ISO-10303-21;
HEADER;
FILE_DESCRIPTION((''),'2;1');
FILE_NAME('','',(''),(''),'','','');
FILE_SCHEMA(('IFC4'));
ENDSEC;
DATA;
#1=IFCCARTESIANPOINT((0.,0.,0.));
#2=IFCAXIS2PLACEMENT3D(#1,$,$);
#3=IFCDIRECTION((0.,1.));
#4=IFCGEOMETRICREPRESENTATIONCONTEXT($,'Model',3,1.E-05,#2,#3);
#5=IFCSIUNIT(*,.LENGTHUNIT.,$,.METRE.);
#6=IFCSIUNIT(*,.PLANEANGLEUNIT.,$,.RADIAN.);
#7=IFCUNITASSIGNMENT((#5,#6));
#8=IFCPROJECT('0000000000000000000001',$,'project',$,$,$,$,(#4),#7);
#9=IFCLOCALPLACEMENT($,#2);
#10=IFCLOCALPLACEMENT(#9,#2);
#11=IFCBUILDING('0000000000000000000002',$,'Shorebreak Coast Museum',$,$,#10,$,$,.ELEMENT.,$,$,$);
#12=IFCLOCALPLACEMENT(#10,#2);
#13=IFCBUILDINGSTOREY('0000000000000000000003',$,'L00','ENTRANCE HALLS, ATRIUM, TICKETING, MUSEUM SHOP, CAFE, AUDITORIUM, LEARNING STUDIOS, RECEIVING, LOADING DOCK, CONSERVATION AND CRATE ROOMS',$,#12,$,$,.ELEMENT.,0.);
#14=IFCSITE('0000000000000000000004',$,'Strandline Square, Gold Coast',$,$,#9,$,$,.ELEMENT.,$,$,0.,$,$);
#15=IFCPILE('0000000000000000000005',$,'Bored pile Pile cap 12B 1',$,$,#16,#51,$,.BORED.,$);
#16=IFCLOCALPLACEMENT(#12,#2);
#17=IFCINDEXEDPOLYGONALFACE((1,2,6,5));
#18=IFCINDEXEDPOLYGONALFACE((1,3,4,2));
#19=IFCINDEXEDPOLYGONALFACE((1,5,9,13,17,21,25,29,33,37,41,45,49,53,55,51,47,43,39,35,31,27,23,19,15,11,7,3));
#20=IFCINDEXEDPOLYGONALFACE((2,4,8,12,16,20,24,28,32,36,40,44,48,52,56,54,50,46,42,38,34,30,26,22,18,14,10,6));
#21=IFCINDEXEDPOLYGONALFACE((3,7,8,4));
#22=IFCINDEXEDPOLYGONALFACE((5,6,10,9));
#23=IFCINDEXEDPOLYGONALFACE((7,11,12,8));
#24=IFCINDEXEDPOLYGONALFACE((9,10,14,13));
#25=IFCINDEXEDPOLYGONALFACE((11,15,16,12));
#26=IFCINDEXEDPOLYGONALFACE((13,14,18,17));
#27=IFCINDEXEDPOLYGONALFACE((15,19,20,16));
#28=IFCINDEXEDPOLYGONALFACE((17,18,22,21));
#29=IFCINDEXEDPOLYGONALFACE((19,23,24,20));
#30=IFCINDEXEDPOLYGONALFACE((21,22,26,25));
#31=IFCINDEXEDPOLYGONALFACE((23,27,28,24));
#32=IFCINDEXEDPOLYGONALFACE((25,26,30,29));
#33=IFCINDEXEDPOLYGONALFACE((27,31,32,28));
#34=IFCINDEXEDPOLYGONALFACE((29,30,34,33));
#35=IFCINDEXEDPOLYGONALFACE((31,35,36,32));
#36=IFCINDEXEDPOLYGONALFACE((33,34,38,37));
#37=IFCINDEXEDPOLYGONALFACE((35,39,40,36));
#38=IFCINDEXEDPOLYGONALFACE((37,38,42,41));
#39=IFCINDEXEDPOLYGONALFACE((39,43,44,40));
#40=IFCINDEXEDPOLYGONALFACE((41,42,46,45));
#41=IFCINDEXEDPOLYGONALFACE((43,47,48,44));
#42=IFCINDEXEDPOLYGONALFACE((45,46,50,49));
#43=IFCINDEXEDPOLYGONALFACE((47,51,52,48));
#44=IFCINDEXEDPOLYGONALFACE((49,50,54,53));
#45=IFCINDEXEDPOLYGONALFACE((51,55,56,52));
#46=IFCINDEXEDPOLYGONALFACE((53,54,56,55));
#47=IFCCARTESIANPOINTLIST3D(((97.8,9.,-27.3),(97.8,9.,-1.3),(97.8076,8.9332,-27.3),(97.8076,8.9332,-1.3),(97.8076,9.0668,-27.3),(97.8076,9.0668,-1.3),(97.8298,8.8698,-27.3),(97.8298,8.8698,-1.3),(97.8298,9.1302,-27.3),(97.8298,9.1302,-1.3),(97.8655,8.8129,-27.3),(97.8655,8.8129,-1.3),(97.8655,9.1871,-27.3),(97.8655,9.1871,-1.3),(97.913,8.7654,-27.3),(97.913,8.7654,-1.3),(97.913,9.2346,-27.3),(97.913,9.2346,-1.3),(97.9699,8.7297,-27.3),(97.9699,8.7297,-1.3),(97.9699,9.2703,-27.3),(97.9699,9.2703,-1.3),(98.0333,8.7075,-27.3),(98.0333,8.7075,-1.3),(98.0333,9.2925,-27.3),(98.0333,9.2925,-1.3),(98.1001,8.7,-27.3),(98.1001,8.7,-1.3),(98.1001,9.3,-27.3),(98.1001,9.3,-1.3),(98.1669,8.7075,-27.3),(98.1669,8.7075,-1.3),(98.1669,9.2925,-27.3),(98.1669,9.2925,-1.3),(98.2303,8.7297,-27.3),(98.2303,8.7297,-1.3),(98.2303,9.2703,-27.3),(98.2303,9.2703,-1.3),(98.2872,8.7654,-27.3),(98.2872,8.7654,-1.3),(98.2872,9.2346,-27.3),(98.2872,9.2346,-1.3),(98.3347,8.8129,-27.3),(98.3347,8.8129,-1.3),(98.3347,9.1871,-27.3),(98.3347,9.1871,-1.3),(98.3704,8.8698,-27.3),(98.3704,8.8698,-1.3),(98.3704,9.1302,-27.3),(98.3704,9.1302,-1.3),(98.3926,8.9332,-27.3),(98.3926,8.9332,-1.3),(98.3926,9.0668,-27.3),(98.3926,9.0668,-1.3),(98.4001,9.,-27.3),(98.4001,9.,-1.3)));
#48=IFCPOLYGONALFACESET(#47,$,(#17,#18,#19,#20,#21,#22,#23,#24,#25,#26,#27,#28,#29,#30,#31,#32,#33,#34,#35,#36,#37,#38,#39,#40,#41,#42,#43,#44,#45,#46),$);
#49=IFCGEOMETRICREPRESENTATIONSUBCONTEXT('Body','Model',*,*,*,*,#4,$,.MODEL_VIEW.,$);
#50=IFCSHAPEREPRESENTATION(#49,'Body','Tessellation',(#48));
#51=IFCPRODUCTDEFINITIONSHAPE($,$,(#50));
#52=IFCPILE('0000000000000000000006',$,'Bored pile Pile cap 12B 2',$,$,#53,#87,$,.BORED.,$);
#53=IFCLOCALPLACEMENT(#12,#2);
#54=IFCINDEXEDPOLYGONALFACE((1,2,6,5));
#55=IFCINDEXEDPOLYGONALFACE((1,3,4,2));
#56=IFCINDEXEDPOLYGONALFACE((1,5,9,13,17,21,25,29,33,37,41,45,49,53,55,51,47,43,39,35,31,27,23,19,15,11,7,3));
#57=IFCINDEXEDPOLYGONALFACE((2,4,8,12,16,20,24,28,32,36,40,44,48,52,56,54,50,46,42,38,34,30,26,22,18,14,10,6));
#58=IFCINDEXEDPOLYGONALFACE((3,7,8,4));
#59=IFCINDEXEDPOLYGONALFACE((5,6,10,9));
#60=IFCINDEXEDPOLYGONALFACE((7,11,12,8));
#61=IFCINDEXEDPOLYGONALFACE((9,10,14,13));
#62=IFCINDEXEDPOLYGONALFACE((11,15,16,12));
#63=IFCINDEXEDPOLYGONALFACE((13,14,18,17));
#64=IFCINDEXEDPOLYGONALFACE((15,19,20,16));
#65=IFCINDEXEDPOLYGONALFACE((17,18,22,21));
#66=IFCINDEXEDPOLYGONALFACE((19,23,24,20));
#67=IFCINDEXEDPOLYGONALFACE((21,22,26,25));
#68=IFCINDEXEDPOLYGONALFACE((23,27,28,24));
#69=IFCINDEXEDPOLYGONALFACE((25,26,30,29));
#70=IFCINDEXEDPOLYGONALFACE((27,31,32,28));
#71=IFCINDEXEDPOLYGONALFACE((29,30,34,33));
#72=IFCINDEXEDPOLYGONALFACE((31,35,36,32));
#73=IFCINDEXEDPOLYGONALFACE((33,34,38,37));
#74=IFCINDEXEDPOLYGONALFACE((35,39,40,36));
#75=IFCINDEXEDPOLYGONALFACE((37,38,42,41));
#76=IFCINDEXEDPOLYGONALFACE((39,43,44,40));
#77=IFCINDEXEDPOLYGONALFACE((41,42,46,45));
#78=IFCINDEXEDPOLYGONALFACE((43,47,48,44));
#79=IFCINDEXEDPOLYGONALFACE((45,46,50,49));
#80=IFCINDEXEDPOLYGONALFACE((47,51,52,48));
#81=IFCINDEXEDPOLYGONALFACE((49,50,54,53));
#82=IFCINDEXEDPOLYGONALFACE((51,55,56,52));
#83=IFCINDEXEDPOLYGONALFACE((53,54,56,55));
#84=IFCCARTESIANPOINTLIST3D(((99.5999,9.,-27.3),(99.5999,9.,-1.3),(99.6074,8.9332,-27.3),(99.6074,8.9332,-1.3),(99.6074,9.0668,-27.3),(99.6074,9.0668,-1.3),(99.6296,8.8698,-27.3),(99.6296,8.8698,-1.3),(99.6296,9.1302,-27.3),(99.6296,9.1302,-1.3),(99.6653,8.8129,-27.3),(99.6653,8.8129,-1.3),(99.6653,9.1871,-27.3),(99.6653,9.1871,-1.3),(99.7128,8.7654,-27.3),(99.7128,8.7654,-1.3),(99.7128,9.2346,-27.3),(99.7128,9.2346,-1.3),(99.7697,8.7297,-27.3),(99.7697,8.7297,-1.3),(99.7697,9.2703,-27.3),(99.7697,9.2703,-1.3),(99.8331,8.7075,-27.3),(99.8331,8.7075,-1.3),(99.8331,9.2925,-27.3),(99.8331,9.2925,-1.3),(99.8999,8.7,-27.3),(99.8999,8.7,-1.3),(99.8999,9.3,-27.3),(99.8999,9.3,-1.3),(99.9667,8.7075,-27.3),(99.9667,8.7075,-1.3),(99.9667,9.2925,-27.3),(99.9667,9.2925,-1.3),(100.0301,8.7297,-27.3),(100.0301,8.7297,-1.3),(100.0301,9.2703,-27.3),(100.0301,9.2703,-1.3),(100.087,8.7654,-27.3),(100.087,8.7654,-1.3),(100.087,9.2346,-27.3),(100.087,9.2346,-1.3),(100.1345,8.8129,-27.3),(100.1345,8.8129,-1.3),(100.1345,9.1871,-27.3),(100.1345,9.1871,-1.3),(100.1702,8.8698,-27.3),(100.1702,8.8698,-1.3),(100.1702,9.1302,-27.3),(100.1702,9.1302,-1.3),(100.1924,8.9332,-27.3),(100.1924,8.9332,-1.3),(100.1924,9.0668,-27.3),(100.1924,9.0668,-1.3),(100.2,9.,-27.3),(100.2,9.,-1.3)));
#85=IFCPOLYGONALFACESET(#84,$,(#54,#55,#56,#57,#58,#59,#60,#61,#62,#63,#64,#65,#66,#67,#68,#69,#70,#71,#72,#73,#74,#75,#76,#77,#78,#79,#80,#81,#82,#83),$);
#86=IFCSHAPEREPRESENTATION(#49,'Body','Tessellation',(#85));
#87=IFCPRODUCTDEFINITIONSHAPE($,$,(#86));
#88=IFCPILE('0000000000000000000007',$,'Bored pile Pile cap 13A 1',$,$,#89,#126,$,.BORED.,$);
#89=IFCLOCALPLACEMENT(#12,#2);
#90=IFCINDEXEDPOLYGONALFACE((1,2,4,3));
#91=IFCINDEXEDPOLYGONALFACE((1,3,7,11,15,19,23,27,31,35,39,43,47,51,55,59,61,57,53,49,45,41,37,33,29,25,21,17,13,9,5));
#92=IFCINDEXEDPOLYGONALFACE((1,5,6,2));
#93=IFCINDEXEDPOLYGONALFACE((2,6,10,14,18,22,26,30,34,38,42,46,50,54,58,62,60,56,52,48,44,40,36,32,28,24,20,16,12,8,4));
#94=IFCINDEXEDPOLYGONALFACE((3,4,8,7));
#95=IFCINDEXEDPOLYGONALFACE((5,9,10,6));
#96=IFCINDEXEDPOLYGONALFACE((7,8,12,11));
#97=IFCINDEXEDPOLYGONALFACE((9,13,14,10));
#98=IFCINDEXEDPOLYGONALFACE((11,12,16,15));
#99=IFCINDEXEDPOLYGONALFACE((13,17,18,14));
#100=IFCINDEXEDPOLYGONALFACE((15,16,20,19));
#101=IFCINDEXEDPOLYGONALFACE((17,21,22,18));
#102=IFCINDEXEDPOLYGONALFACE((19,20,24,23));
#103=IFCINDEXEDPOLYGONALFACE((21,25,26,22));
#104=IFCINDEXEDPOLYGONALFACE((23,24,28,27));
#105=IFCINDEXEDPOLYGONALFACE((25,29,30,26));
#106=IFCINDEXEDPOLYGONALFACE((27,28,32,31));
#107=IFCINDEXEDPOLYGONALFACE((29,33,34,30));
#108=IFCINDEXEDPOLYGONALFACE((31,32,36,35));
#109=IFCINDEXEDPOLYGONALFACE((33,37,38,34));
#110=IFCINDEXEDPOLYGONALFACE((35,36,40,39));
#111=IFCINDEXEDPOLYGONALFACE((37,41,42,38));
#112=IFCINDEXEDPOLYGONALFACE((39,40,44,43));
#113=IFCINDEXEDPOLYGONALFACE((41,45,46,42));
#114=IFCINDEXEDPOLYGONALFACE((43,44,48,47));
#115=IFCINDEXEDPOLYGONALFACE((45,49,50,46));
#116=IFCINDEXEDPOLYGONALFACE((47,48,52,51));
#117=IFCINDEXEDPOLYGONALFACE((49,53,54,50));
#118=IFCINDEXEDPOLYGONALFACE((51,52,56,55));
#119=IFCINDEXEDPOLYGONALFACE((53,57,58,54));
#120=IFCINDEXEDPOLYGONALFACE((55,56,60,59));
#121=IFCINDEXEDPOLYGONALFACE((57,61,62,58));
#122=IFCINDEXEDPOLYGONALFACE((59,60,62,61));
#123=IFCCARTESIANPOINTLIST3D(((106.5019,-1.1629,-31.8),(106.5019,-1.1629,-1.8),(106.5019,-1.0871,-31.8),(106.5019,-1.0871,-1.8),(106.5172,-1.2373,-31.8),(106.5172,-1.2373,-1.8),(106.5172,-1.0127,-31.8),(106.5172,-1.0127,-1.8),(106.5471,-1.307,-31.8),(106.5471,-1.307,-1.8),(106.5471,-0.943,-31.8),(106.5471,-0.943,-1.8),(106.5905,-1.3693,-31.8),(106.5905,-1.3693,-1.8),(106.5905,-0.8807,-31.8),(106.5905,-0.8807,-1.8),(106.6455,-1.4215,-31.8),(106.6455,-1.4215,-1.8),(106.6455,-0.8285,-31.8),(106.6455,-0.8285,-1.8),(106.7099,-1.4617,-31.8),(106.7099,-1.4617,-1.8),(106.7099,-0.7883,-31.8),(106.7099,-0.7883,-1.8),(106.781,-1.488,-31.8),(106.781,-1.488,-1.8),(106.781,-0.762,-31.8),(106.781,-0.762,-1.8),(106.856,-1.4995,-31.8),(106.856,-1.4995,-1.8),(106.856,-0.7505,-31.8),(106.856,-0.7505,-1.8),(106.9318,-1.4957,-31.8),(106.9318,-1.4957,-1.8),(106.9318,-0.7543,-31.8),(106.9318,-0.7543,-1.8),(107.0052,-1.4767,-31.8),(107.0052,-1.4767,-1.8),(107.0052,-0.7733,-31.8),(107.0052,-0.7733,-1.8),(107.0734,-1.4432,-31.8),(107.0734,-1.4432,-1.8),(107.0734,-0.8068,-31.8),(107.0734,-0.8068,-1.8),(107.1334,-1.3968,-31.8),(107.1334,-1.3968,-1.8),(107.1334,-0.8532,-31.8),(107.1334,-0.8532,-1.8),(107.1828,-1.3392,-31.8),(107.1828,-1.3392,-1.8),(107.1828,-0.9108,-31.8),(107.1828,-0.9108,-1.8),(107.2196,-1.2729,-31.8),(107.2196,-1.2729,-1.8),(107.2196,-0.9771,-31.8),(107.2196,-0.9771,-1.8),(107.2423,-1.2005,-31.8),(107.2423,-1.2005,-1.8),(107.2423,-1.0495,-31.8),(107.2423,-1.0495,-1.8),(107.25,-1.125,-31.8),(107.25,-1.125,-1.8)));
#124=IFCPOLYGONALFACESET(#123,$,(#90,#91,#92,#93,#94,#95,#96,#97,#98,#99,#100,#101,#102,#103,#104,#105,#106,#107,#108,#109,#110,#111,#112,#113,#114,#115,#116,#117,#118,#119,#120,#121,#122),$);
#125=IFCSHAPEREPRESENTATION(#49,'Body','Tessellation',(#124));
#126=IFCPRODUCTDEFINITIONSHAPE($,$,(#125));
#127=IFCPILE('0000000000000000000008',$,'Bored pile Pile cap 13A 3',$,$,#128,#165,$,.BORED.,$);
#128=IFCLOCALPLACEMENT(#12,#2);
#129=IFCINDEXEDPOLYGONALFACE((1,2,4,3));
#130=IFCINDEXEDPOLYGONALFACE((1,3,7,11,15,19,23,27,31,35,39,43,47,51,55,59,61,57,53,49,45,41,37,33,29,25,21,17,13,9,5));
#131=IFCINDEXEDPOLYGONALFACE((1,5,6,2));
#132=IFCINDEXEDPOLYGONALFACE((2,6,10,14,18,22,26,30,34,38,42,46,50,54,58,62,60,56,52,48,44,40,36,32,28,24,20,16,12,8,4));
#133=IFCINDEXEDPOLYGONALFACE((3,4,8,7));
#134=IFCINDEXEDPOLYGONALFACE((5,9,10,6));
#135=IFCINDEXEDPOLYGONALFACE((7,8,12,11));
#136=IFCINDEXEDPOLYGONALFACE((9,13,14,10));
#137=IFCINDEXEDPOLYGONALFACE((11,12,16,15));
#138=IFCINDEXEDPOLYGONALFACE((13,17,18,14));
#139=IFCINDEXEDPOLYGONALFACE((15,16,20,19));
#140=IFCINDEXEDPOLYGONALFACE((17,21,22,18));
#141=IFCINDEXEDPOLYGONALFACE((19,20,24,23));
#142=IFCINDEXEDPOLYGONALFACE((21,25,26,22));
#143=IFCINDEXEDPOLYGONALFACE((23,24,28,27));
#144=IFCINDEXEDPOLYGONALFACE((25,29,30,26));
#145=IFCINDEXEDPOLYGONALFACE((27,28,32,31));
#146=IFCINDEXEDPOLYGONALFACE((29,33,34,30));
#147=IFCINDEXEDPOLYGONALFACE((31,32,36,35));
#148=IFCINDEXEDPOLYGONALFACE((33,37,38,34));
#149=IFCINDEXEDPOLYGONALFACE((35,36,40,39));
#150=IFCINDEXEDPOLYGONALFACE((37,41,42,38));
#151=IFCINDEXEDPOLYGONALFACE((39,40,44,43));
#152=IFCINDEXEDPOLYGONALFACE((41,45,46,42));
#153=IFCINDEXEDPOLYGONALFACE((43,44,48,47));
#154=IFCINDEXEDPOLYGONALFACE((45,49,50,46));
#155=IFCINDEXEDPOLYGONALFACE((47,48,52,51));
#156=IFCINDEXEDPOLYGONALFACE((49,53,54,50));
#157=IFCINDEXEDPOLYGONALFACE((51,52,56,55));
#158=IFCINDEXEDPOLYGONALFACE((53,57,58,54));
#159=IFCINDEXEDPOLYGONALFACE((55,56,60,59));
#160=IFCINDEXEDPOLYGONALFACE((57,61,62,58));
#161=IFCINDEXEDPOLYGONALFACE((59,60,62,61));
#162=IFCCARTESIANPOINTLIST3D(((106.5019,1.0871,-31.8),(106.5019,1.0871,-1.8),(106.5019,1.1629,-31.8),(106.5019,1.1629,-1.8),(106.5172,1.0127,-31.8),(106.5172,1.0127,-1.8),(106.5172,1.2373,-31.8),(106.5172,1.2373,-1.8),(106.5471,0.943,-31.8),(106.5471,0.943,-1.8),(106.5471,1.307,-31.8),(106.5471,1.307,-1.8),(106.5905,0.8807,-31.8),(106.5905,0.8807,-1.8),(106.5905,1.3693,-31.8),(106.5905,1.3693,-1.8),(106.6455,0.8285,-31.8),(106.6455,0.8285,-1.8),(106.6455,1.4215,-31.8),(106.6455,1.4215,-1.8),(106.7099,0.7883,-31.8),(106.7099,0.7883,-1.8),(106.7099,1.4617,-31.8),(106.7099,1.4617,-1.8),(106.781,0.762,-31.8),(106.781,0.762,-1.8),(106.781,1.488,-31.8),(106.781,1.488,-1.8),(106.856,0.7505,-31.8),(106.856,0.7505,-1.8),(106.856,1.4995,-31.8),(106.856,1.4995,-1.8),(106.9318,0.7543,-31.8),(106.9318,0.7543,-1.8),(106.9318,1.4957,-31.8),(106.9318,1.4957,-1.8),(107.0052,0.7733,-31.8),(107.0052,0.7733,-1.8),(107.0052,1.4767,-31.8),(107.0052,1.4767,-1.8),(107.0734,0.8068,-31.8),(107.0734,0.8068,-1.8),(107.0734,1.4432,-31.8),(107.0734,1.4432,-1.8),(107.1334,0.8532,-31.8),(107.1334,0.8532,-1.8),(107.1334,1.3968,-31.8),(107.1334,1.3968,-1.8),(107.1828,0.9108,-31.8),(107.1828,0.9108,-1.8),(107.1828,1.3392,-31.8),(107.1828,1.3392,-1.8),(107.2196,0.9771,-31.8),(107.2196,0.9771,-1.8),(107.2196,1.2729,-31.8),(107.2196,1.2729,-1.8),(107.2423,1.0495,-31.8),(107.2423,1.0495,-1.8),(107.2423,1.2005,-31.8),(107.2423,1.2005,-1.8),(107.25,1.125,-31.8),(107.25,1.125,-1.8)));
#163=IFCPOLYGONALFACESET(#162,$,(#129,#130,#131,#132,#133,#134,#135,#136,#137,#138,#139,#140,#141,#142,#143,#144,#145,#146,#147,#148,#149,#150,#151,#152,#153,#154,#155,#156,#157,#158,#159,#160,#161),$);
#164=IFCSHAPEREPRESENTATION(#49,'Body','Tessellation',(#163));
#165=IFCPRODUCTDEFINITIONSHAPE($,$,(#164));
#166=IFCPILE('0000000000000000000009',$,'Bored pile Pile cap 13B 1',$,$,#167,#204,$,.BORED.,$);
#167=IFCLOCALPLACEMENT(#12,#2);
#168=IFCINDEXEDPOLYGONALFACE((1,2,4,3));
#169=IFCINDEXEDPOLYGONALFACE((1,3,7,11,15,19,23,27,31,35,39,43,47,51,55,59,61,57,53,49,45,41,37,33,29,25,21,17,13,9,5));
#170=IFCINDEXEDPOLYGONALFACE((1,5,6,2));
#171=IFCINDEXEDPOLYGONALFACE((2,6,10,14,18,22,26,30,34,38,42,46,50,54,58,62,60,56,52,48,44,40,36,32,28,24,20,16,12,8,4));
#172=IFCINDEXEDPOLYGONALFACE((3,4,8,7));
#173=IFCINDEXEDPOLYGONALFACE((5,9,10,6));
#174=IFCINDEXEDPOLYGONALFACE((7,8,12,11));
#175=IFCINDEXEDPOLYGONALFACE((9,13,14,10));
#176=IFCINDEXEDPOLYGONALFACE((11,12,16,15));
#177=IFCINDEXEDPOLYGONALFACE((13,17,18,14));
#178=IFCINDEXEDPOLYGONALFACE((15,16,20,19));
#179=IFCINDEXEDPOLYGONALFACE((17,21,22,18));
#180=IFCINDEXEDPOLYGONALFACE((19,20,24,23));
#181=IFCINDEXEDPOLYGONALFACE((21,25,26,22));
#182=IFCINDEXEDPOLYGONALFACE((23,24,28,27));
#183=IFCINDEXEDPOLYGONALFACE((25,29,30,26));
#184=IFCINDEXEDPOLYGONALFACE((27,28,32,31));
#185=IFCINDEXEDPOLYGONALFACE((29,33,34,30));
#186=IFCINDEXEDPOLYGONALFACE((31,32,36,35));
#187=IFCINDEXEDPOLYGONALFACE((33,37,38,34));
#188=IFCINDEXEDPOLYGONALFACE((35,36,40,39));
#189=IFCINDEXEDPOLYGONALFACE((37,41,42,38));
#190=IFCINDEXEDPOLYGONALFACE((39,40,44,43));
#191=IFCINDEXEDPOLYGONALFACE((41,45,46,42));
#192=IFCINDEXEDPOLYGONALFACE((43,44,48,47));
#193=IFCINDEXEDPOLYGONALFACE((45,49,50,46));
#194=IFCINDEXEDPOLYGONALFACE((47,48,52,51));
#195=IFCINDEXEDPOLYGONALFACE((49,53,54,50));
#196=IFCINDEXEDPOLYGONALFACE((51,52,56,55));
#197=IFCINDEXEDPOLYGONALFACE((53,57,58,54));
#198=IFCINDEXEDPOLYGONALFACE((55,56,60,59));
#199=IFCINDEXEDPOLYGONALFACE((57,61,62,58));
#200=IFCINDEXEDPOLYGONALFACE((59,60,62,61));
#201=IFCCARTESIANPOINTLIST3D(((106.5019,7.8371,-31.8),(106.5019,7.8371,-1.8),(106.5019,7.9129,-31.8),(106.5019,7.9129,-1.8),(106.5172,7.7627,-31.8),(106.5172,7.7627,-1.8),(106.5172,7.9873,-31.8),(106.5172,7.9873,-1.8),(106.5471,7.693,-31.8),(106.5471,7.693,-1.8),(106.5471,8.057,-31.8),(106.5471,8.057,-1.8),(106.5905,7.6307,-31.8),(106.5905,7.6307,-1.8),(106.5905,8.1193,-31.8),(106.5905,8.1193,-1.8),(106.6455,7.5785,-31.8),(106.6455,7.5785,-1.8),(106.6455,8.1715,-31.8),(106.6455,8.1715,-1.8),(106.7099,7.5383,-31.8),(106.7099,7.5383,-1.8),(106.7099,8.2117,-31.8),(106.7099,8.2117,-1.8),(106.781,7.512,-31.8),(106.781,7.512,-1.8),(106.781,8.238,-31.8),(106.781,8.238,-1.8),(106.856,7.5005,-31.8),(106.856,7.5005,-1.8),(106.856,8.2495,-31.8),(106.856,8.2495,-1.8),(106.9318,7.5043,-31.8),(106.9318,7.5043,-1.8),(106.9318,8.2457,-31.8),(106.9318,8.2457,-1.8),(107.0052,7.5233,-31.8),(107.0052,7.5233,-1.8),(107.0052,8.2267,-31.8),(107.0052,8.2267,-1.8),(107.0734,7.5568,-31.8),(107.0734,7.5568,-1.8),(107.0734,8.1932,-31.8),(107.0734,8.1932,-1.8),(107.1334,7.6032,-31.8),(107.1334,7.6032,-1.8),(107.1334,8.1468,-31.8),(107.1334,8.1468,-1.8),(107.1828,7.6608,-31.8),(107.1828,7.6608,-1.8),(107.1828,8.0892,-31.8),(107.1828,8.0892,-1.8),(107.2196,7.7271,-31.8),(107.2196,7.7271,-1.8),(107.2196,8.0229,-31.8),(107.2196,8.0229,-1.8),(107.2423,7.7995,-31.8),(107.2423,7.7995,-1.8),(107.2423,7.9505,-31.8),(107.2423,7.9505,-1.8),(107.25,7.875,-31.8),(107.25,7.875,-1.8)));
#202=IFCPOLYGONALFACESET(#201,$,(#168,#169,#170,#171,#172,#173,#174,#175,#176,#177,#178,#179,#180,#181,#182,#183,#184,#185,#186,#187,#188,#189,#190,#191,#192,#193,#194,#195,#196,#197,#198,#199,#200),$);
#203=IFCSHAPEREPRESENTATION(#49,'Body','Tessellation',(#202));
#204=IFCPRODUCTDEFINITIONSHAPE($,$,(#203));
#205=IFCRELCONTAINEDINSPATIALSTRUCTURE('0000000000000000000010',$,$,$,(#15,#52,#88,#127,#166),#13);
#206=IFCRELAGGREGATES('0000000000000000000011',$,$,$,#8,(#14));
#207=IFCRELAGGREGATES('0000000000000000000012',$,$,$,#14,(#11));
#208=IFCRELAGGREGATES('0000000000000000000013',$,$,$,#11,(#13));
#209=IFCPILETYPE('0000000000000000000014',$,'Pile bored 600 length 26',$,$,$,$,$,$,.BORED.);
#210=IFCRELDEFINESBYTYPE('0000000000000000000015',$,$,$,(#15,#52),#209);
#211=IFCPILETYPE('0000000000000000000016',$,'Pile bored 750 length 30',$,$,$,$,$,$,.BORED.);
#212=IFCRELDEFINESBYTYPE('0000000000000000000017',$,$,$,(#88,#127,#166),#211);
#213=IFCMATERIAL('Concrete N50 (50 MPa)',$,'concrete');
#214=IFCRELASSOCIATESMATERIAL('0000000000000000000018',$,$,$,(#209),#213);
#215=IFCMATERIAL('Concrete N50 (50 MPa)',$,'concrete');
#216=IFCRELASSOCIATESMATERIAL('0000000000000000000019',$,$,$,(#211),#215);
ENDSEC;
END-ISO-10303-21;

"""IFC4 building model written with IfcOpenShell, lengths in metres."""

from ifc_helpers import new_model, si_unit, direction, frame, origin, origin_2d, place, context, subcontext, project, spatial, circle, extrude, material, material_profile, profile_set, type_object, element, save


model = new_model("IFC4")

# Units and contexts
model_context = context("Model", 3, precision=1e-05, world=origin(), true_north=direction((0.0, 1.0)))
body_context = subcontext(model_context, "Body", "Model", "MODEL_VIEW")
ifc_project = project(units=[si_unit("LENGTHUNIT", "METRE"), si_unit("PLANEANGLEUNIT", "RADIAN")], contexts=[model_context])

# Site, building, storey
site_placement = place(None, origin())
site = spatial("IfcSite", under=ifc_project, at=site_placement, Name="Strandline Square, Gold Coast", CompositionType="ELEMENT", RefElevation=0.0)
building_placement = place(site_placement, origin())
building = spatial("IfcBuilding", under=site, at=building_placement, Name="Shorebreak Coast Museum", CompositionType="ELEMENT")
storey_placement = place(building_placement, origin())
storey = spatial("IfcBuildingStorey", under=building, at=storey_placement, Name="L00", Description="ENTRANCE HALLS, ATRIUM, TICKETING, MUSEUM SHOP, CAFE, AUDITORIUM, LEARNING STUDIOS, RECEIVING, LOADING DOCK, CONSERVATION AND CRATE ROOMS", CompositionType="ELEMENT", Elevation=0.0)

# Piles
ifc_material_1 = material(Name="Concrete N50 (50 MPa)", Category="concrete")
ifc_material_profile_1 = material_profile(ifc_material_1, circle(Radius=0.3, at=origin_2d()), Name="Pile bored 600 length 26")
ifc_profile_set_1 = profile_set([ifc_material_profile_1], Name="Concrete N50 (50 MPa)")
pile_type_1 = type_object("IfcPileType", Name="Pile bored 600 length 26", PredefinedType="BORED", material=ifc_profile_set_1)
for number, where, z_axis, x_axis, name in (
    (1, (98.1001, 9.0, -1.3), (0.0, 0.0, -1.0), (1.0, 0.0, 0.0), "Bored pile Pile cap 12B 1"),
    (2, (99.8999, 9.0, -1.3), (0.0, 0.0, -1.0), (1.0, 0.0, 0.0), "Bored pile Pile cap 12B 2"),
):
    element("IfcPile", number, at=place(storey_placement, frame(where, z_axis=z_axis, x_axis=x_axis)), inside=storey, type_object=pile_type_1, Name=name, PredefinedType="BORED", context=body_context, shape_type="SweptSolid", body=[
        extrude(circle(Radius=0.3, at=origin_2d()), origin(), (0.0, 0.0, 1.0), 26.0),
    ])
ifc_material_2 = material(Name="Concrete N50 (50 MPa)", Category="concrete")
ifc_material_profile_2 = material_profile(ifc_material_2, circle(Radius=0.375, at=origin_2d()), Name="Pile bored 750 length 30")
ifc_profile_set_2 = profile_set([ifc_material_profile_2], Name="Concrete N50 (50 MPa)")
pile_type_2 = type_object("IfcPileType", Name="Pile bored 750 length 30", PredefinedType="BORED", material=ifc_profile_set_2)
for number, where, z_axis, x_axis, name in (
    (3, (106.875, -1.125, -1.8), (0.0, 0.0, -1.0), (1.0, 0.0, 0.0), "Bored pile Pile cap 13A 1"),
    (4, (106.875, 1.125, -1.8), (0.0, 0.0, -1.0), (1.0, 0.0, 0.0), "Bored pile Pile cap 13A 3"),
    (5, (106.875, 7.875, -1.8), (0.0, 0.0, -1.0), (1.0, 0.0, 0.0), "Bored pile Pile cap 13B 1"),
):
    element("IfcPile", number, at=place(storey_placement, frame(where, z_axis=z_axis, x_axis=x_axis)), inside=storey, type_object=pile_type_2, Name=name, PredefinedType="BORED", context=body_context, shape_type="SweptSolid", body=[
        extrude(circle(Radius=0.375, at=origin_2d()), origin(), (0.0, 0.0, 1.0), 30.0),
    ])

save(model, "model.ifc")
